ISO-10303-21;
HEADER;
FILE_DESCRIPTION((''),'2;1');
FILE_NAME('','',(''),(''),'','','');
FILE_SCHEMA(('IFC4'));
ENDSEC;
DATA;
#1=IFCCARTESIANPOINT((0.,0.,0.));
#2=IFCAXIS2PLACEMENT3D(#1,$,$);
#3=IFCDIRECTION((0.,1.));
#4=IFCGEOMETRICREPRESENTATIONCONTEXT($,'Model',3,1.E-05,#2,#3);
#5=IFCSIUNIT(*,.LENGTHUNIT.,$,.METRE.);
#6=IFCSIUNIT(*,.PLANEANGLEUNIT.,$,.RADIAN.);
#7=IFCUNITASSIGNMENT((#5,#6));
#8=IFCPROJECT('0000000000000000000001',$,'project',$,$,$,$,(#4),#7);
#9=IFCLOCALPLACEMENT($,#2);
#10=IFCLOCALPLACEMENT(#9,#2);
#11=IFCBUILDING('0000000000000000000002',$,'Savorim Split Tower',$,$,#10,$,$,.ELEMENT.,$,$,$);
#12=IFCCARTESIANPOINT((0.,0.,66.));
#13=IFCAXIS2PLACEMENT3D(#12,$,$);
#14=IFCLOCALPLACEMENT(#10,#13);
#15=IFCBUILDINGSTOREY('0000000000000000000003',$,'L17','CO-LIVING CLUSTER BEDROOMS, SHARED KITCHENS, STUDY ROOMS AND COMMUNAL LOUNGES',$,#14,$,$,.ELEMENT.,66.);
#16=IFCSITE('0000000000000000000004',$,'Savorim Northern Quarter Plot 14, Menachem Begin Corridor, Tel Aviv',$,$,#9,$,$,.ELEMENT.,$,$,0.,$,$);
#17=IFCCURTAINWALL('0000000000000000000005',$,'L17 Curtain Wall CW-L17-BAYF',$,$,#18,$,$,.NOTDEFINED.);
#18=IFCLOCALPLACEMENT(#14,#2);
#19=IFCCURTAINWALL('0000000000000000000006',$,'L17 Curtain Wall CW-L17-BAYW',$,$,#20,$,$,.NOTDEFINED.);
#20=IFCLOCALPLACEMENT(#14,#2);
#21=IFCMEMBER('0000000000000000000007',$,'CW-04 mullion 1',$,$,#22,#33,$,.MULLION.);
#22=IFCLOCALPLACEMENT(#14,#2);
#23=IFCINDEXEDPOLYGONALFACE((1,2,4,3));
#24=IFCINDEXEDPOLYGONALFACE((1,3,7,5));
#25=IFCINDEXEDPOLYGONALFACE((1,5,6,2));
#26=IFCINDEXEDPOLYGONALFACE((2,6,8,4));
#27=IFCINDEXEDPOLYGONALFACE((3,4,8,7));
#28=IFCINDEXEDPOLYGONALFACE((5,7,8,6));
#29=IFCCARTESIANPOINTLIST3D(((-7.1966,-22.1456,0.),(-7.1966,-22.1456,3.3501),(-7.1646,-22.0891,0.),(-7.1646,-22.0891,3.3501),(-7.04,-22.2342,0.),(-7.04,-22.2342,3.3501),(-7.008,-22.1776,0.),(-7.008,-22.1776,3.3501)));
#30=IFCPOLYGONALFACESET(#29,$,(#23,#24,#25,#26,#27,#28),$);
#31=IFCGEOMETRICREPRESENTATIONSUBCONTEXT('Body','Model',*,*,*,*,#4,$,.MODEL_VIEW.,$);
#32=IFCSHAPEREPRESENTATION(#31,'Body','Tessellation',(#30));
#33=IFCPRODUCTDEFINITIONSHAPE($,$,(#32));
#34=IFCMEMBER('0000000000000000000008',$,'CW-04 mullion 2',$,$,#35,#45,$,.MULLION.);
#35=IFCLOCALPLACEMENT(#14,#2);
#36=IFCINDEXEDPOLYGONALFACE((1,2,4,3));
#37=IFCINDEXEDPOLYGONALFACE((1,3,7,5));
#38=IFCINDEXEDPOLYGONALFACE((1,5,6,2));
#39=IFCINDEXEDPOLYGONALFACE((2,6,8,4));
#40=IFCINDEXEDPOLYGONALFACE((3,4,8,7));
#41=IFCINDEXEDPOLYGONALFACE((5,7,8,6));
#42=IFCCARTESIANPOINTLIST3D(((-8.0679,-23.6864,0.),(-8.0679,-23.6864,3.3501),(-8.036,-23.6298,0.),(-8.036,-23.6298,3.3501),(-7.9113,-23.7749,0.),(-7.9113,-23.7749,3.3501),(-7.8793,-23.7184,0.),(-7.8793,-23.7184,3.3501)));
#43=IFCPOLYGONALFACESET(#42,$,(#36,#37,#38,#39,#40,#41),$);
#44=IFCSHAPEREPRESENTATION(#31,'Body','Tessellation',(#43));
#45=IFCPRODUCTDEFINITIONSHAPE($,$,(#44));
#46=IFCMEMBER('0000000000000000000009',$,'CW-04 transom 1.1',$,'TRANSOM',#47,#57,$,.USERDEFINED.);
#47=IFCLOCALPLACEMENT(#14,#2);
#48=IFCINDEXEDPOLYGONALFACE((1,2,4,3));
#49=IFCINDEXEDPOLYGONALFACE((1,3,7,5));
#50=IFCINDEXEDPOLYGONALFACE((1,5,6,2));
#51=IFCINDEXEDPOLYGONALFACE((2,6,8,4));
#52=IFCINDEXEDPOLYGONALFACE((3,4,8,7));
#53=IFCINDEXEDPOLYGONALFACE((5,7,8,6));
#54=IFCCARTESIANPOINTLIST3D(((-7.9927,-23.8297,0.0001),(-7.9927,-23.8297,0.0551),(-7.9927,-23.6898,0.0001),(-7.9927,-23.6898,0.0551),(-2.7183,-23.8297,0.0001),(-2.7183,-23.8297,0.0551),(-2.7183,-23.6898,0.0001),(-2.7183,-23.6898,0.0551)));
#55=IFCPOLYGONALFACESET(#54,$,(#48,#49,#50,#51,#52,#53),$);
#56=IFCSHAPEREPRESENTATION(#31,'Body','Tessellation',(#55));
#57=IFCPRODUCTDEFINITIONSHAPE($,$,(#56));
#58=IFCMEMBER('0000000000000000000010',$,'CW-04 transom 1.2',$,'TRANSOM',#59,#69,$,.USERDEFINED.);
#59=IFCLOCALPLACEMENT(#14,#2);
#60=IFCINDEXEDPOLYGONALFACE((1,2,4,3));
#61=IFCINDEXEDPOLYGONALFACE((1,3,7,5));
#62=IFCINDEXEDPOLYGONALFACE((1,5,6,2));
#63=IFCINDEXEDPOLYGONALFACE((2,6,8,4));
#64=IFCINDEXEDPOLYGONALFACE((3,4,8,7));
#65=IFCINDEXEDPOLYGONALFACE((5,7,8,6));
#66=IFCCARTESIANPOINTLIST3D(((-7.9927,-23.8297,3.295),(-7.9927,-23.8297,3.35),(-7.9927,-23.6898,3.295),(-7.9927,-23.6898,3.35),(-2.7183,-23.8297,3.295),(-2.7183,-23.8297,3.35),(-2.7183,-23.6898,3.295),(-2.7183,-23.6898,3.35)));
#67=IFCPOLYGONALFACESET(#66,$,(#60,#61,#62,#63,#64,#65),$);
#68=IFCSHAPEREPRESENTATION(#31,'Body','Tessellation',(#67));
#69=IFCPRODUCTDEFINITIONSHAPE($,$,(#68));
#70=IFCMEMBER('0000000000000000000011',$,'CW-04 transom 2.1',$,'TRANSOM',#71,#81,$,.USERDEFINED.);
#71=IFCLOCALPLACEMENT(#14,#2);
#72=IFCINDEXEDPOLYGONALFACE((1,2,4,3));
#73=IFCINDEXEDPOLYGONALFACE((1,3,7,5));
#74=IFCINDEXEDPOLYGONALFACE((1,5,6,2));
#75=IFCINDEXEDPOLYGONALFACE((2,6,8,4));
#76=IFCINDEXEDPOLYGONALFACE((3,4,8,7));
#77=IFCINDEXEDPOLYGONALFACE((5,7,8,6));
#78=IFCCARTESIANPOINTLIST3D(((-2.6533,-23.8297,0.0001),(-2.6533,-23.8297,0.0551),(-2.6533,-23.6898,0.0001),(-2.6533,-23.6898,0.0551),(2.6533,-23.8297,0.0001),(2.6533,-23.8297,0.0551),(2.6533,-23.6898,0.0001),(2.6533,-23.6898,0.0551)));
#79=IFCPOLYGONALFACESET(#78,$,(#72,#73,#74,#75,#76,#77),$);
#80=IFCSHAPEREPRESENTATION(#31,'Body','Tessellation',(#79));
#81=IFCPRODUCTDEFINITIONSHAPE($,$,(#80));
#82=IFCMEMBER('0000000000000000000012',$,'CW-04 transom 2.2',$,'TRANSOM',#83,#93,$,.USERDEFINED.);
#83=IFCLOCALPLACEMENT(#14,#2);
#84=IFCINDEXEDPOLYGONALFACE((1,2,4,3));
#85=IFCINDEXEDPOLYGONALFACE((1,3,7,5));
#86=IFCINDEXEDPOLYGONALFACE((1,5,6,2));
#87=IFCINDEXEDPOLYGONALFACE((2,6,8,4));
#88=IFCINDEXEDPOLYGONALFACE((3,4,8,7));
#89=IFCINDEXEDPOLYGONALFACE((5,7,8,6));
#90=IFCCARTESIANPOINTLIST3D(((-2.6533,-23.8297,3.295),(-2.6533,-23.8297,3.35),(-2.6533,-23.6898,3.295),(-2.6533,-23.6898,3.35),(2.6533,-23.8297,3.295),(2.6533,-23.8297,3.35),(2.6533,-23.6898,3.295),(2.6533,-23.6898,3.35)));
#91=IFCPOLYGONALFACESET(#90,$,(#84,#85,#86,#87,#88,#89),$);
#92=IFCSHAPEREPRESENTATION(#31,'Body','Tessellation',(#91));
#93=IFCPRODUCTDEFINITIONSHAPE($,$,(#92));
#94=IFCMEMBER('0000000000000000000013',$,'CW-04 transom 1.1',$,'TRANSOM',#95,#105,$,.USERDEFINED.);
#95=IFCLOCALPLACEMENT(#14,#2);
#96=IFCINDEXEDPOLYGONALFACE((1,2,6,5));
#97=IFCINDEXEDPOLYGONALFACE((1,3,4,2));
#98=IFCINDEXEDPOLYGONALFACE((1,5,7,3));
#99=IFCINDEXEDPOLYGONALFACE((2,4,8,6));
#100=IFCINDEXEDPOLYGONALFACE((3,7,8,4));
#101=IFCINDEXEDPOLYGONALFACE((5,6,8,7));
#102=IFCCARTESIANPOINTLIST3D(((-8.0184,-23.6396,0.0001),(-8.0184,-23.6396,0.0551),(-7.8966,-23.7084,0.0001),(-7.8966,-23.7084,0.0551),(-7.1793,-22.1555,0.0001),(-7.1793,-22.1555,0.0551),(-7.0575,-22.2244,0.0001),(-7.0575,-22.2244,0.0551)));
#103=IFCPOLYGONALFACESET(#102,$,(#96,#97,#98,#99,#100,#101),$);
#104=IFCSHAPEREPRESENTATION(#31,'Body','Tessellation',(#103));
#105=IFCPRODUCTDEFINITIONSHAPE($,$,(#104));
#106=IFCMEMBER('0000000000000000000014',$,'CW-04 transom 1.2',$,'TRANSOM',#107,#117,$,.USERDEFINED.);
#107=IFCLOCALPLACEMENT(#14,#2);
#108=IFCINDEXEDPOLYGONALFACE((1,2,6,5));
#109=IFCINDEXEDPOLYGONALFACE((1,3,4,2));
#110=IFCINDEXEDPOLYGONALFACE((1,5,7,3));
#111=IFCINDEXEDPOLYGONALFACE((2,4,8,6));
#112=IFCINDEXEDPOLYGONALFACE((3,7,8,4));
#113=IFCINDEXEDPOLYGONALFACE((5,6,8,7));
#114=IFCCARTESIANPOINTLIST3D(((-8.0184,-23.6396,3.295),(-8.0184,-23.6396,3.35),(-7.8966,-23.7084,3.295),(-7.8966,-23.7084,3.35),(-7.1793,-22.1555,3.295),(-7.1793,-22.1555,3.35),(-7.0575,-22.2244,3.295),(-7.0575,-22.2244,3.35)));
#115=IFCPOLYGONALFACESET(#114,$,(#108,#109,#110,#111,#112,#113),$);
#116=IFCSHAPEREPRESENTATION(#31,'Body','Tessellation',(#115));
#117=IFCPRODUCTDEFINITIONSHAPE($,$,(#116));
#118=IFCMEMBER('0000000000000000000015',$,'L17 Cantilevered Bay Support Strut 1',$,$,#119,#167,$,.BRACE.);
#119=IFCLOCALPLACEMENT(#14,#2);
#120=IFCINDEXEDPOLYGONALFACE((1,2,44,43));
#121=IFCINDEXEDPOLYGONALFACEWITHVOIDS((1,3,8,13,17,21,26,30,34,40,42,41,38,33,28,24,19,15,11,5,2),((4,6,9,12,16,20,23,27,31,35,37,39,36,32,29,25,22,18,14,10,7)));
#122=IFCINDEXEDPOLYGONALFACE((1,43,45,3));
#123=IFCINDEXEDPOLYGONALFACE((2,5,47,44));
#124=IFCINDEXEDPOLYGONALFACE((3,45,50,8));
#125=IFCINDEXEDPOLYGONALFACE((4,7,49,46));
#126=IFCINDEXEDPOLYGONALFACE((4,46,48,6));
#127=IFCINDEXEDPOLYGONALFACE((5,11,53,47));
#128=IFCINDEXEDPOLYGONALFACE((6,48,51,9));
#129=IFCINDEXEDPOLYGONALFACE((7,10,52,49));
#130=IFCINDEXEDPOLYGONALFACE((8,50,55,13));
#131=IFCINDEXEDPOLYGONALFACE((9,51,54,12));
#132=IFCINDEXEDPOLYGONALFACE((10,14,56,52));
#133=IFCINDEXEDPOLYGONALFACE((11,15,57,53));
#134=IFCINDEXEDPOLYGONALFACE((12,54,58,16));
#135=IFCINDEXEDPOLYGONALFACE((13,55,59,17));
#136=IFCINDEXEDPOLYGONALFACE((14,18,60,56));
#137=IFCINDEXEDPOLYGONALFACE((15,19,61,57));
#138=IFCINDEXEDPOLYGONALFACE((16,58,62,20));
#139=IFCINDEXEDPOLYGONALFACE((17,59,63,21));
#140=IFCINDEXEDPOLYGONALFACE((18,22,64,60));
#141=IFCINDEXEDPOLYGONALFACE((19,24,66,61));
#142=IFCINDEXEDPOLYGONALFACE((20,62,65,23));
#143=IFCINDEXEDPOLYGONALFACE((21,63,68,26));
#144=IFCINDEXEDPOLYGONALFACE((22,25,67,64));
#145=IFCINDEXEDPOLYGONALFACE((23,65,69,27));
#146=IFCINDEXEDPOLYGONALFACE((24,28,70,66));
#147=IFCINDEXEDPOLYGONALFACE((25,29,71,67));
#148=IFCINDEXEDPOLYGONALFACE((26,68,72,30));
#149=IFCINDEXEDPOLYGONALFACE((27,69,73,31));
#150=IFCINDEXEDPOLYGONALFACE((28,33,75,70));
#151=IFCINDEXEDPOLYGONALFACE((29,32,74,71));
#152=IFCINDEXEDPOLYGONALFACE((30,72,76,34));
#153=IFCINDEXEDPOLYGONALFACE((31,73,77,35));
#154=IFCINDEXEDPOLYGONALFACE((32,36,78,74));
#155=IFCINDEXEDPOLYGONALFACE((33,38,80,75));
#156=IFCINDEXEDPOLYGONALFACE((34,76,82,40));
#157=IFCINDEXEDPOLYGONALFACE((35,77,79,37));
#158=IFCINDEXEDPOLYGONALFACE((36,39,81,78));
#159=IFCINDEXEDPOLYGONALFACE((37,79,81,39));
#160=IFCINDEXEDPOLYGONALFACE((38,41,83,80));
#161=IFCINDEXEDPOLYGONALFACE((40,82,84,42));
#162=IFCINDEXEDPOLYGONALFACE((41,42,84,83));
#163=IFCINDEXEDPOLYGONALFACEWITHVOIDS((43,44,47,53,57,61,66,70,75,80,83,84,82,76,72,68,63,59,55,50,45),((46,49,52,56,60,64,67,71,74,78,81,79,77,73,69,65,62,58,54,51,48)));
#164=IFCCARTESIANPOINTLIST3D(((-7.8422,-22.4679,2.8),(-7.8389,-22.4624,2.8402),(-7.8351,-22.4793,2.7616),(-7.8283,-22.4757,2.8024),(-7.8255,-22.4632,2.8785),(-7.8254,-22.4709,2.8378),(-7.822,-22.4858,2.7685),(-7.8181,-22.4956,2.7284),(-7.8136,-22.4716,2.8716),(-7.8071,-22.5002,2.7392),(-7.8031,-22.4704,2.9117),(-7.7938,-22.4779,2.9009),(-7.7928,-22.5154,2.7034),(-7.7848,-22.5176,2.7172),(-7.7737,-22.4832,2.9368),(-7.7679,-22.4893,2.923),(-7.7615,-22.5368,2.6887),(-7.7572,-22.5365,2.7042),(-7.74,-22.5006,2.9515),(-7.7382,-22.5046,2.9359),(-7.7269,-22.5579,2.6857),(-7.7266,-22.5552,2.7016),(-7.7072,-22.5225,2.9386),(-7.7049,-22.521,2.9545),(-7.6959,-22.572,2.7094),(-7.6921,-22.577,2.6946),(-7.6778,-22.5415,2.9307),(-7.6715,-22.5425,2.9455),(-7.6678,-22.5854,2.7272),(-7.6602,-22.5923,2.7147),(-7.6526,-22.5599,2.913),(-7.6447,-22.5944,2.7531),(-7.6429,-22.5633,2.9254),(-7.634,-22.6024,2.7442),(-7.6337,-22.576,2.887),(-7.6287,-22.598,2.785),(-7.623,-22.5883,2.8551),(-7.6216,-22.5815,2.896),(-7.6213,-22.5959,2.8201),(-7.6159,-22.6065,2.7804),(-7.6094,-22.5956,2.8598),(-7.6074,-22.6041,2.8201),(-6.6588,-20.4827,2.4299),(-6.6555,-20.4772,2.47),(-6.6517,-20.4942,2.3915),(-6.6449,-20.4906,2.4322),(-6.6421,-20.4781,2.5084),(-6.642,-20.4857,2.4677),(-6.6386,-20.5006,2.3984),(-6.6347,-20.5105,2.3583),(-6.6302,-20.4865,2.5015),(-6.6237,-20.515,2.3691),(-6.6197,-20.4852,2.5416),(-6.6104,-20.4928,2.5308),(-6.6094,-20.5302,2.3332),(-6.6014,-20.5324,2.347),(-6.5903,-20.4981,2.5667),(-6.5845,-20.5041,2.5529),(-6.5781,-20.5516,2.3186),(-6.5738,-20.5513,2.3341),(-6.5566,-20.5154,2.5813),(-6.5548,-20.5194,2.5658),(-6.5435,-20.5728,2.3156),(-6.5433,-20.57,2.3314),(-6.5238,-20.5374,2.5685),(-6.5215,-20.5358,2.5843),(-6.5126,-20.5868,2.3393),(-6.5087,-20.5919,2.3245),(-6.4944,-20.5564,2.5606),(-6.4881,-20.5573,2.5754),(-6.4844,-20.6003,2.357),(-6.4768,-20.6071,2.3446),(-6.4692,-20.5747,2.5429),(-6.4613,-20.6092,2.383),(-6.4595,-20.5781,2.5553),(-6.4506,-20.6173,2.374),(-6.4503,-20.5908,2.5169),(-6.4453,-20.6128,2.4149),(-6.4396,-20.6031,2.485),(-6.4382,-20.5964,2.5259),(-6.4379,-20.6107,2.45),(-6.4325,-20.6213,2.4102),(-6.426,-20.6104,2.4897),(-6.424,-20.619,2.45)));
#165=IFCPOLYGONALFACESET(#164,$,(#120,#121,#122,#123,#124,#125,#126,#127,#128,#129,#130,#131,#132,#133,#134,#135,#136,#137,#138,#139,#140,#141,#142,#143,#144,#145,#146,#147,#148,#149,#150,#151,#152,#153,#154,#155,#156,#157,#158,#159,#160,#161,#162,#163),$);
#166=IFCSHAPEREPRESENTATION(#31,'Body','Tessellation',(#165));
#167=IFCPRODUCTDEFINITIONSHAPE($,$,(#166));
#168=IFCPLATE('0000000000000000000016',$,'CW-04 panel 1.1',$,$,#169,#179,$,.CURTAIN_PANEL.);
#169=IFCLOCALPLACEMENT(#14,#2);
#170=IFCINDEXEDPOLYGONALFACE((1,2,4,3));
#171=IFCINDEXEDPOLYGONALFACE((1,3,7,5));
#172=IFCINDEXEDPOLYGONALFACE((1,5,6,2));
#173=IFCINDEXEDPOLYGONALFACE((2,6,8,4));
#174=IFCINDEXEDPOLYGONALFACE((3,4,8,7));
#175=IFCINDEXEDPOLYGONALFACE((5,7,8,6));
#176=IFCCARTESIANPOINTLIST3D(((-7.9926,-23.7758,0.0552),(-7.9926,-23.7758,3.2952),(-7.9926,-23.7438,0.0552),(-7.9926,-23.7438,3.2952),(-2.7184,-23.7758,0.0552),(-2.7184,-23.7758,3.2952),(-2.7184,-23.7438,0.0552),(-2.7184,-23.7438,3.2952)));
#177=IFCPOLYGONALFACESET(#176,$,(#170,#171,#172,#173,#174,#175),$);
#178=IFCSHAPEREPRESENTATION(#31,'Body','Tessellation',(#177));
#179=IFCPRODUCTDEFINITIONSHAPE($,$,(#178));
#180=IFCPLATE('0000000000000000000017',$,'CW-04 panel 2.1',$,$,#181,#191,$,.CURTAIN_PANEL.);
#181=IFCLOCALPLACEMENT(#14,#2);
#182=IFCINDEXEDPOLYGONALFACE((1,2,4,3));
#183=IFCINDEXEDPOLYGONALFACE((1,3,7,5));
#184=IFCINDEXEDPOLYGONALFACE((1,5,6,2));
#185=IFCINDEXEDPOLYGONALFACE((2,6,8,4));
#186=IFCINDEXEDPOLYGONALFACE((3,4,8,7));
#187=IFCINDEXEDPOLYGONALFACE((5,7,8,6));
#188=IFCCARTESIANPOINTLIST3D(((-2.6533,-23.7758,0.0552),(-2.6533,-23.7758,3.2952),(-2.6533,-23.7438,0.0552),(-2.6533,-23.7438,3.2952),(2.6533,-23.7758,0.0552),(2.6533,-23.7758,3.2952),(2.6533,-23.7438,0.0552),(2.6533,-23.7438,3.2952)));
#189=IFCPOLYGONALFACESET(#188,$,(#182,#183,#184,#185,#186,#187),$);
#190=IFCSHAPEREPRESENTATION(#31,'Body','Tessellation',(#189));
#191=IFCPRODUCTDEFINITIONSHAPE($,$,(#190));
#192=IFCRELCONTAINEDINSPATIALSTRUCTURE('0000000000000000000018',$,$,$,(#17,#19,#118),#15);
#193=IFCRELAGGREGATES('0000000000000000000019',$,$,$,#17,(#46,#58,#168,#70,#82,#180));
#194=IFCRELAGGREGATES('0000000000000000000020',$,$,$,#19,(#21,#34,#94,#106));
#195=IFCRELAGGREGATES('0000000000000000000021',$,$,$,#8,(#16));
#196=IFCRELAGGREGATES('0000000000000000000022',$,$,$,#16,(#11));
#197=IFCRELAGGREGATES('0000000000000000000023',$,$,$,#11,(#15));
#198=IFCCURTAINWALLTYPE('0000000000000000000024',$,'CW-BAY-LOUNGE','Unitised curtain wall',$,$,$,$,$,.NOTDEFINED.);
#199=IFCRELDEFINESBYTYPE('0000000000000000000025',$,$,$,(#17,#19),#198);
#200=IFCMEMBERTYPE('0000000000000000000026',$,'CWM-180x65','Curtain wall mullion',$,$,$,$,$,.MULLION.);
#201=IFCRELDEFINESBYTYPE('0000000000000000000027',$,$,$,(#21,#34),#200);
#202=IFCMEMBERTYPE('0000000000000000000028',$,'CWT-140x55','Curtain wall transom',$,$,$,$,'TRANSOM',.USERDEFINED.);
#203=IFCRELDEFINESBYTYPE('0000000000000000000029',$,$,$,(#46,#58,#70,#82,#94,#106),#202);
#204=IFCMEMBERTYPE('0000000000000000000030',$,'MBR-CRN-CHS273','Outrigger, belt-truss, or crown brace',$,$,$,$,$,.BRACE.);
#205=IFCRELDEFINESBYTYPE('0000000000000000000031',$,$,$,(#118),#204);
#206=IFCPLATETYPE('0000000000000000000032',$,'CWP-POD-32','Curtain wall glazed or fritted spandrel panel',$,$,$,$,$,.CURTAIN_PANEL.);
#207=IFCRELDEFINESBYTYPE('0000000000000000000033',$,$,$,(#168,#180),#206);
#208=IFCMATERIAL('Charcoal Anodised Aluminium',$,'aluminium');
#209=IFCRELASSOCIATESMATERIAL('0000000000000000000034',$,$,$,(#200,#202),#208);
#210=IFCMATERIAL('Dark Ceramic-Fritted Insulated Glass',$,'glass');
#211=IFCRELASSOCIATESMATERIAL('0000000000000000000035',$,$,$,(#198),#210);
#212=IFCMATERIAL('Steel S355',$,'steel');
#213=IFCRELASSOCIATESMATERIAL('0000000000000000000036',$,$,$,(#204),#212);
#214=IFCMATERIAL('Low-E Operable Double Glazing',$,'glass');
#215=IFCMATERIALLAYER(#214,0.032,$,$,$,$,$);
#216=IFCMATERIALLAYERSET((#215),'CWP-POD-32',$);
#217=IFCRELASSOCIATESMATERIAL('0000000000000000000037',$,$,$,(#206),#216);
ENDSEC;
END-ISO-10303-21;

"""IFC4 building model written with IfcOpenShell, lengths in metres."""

from ifc_helpers import new_model, si_unit, direction, frame, origin, origin_2d, place, context, subcontext, project, spatial, rectangle, hollow_circle, extrude, material, layer, layer_set, material_profile, profile_set, type_object, element, aggregate, save


model = new_model("IFC4")

# Units and contexts
model_context = context("Model", 3, precision=1e-05, world=origin(), true_north=direction((0.0, 1.0)))
body_context = subcontext(model_context, "Body", "Model", "MODEL_VIEW")
ifc_project = project(units=[si_unit("LENGTHUNIT", "METRE"), si_unit("PLANEANGLEUNIT", "RADIAN")], contexts=[model_context])

# Site, building, storey
site_placement = place(None, origin())
site = spatial("IfcSite", under=ifc_project, at=site_placement, Name="Savorim Northern Quarter Plot 14, Menachem Begin Corridor, Tel Aviv", CompositionType="ELEMENT", RefElevation=0.0)
building_placement = place(site_placement, origin())
building = spatial("IfcBuilding", under=site, at=building_placement, Name="Savorim Split Tower", CompositionType="ELEMENT")
storey_placement = place(building_placement, frame((0.0, 0.0, 66.0)))
storey = spatial("IfcBuildingStorey", under=building, at=storey_placement, Name="L17", Description="CO-LIVING CLUSTER BEDROOMS, SHARED KITCHENS, STUDY ROOMS AND COMMUNAL LOUNGES", CompositionType="ELEMENT", Elevation=66.0)

# Shared definitions
ifc_material_1 = material(Name="Steel S355", Category="steel")

# Shared definitions
ifc_material_2 = material(Name="Dark Ceramic-Fritted Insulated Glass", Category="glass")
ifc_material_3 = material(Name="Charcoal Anodised Aluminium", Category="aluminium")
ifc_material_profile_1 = material_profile(ifc_material_3, rectangle(XDim=0.1799, YDim=0.0649, at=origin_2d()), Name="ALU-M 180x65")
ifc_profile_set_1 = profile_set([ifc_material_profile_1], Name="Charcoal Anodised Aluminium")
member_type_1 = type_object("IfcMemberType", Name="CWM-180x65", Description="Curtain wall mullion", PredefinedType="MULLION", material=ifc_profile_set_1)

# Curtain walls, members
curtain_wall_type_1 = type_object("IfcCurtainWallType", Name="CW-BAY-LOUNGE", Description="Unitised curtain wall", PredefinedType="NOTDEFINED", material=ifc_material_2)
curtain_wall_1_placement = place(storey_placement, origin())
curtain_wall_1 = element("IfcCurtainWall", 1, at=curtain_wall_1_placement, inside=storey, type_object=curtain_wall_type_1, Name="L17 Curtain Wall CW-L17-BAYF", PredefinedType="NOTDEFINED")
curtain_wall_2_placement = place(storey_placement, origin())
curtain_wall_2 = element("IfcCurtainWall", 2, at=curtain_wall_2_placement, inside=storey, type_object=curtain_wall_type_1, Name="L17 Curtain Wall CW-L17-BAYW", PredefinedType="NOTDEFINED")
member_1_placement = place(storey_placement, frame((-7.1023, -22.1616, 0.0), z_axis=(0.0, 0.0, 1.0), x_axis=(0.870451, -0.492255, 0.0)))
member_1 = element("IfcMember", 3, at=member_1_placement, type_object=member_type_1, Name="CW-04 mullion 1", PredefinedType="MULLION", context=body_context, shape_type="SweptSolid", body=[
    extrude(rectangle(XDim=0.1799, YDim=0.0649, at=origin_2d()), origin(), (0.0, 0.0, 1.0), 3.3501),
])
member_2_placement = place(storey_placement, frame((-7.9736, -23.7024, 0.0), z_axis=(0.0, 0.0, 1.0), x_axis=(0.870451, -0.492255, 0.0)))
member_2 = element("IfcMember", 4, at=member_2_placement, type_object=member_type_1, Name="CW-04 mullion 2", PredefinedType="MULLION", context=body_context, shape_type="SweptSolid", body=[
    extrude(rectangle(XDim=0.1799, YDim=0.0649, at=origin_2d()), origin(), (0.0, 0.0, 1.0), 3.3501),
])

# Members
ifc_material_profile_2 = material_profile(ifc_material_3, rectangle(XDim=0.1399, YDim=0.0549, at=origin_2d()), Name="ALU-T 140x55")
ifc_profile_set_2 = profile_set([ifc_material_profile_2], Name="Charcoal Anodised Aluminium")
member_type_2 = type_object("IfcMemberType", Name="CWT-140x55", Description="Curtain wall transom", ElementType="TRANSOM", PredefinedType="USERDEFINED", material=ifc_profile_set_2)
member_3_placement = place(storey_placement, frame((-7.9927, -23.7598, 0.0276), z_axis=(1.0, 0.0, 0.0), x_axis=(0.0, 1.0, 0.0)))
member_3 = element("IfcMember", 5, at=member_3_placement, type_object=member_type_2, Name="CW-04 transom 1.1", ObjectType="TRANSOM", PredefinedType="USERDEFINED", context=body_context, shape_type="SweptSolid", body=[
    extrude(rectangle(XDim=0.1399, YDim=0.0549, at=origin_2d()), origin(), (0.0, 0.0, 1.0), 5.2744),
])
member_4_placement = place(storey_placement, frame((-7.9927, -23.7598, 3.3225), z_axis=(1.0, 0.0, 0.0), x_axis=(0.0, 1.0, 0.0)))
member_4 = element("IfcMember", 6, at=member_4_placement, type_object=member_type_2, Name="CW-04 transom 1.2", ObjectType="TRANSOM", PredefinedType="USERDEFINED", context=body_context, shape_type="SweptSolid", body=[
    extrude(rectangle(XDim=0.1399, YDim=0.0549, at=origin_2d()), origin(), (0.0, 0.0, 1.0), 5.2744),
])
member_5_placement = place(storey_placement, frame((-2.6533, -23.7598, 0.0276), z_axis=(1.0, 0.0, 0.0), x_axis=(0.0, 1.0, 0.0)))
member_5 = element("IfcMember", 7, at=member_5_placement, type_object=member_type_2, Name="CW-04 transom 2.1", ObjectType="TRANSOM", PredefinedType="USERDEFINED", context=body_context, shape_type="SweptSolid", body=[
    extrude(rectangle(XDim=0.1399, YDim=0.0549, at=origin_2d()), origin(), (0.0, 0.0, 1.0), 5.3066),
])
member_6_placement = place(storey_placement, frame((-2.6533, -23.7598, 3.3225), z_axis=(1.0, 0.0, 0.0), x_axis=(0.0, 1.0, 0.0)))
member_6 = element("IfcMember", 8, at=member_6_placement, type_object=member_type_2, Name="CW-04 transom 2.2", ObjectType="TRANSOM", PredefinedType="USERDEFINED", context=body_context, shape_type="SweptSolid", body=[
    extrude(rectangle(XDim=0.1399, YDim=0.0549, at=origin_2d()), origin(), (0.0, 0.0, 1.0), 5.3066),
])
member_7_placement = place(storey_placement, frame((-7.1184, -22.1899, 0.0276), z_axis=(-0.49217, -0.870499, 0.0), x_axis=(0.870499, -0.49217, 0.0)))
member_7 = element("IfcMember", 9, at=member_7_placement, type_object=member_type_2, Name="CW-04 transom 1.1", ObjectType="TRANSOM", PredefinedType="USERDEFINED", context=body_context, shape_type="SweptSolid", body=[
    extrude(rectangle(XDim=0.1399, YDim=0.0549, at=origin_2d()), origin(), (0.0, 0.0, 1.0), 1.7048),
])
member_8_placement = place(storey_placement, frame((-7.1184, -22.1899, 3.3225), z_axis=(-0.49217, -0.870499, 0.0), x_axis=(0.870499, -0.49217, 0.0)))
member_8 = element("IfcMember", 10, at=member_8_placement, type_object=member_type_2, Name="CW-04 transom 1.2", ObjectType="TRANSOM", PredefinedType="USERDEFINED", context=body_context, shape_type="SweptSolid", body=[
    extrude(rectangle(XDim=0.1399, YDim=0.0549, at=origin_2d()), origin(), (0.0, 0.0, 1.0), 1.7048),
])
ifc_material_profile_3 = material_profile(ifc_material_1, hollow_circle(Radius=0.1365, WallThickness=0.0161, at=origin_2d()), Name="CHS 273x16")
ifc_profile_set_3 = profile_set([ifc_material_profile_3], Name="Steel S355")
member_type_3 = type_object("IfcMemberType", Name="MBR-CRN-CHS273", Description="Outrigger, belt-truss, or crown brace", PredefinedType="BRACE", material=ifc_profile_set_3)
member_9_placement = place(storey_placement, frame((-6.5413, -20.5491, 2.45), z_axis=(-0.505596, -0.848154, 0.158136), x_axis=(0.858962, -0.512039, 0.0)))
element("IfcMember", 11, at=member_9_placement, inside=storey, type_object=member_type_3, Name="L17 Cantilevered Bay Support Strut 1", PredefinedType="BRACE", context=body_context, shape_type="SweptSolid", body=[
    extrude(hollow_circle(Radius=0.1365, WallThickness=0.0161, at=origin_2d()), origin(), (0.0, 0.0, 1.0), 2.3406),
])

# Plates
ifc_material_4 = material(Name="Low-E Operable Double Glazing", Category="glass")
ifc_layer_1 = layer(ifc_material_4, 0.032)
ifc_layer_set_1 = layer_set([ifc_layer_1], Name="CWP-POD-32")
plate_type_1 = type_object("IfcPlateType", Name="CWP-POD-32", Description="Curtain wall glazed or fritted spandrel panel", PredefinedType="CURTAIN_PANEL", material=ifc_layer_set_1)
plate_1_placement = place(storey_placement, frame((-5.3555, -23.7598, 0.0552), z_axis=(0.0, 0.0, 1.0), x_axis=(1.0, 0.0, 0.0)))
plate_1 = element("IfcPlate", 12, at=plate_1_placement, type_object=plate_type_1, Name="CW-04 panel 1.1", PredefinedType="CURTAIN_PANEL", context=body_context, shape_type="SweptSolid", body=[
    extrude(rectangle(XDim=5.2742, YDim=0.032, at=origin_2d()), origin(), (0.0, 0.0, 1.0), 3.24),
])
plate_2_placement = place(storey_placement, frame((0.0, -23.7598, 0.0552), z_axis=(0.0, 0.0, 1.0), x_axis=(1.0, 0.0, 0.0)))
plate_2 = element("IfcPlate", 13, at=plate_2_placement, type_object=plate_type_1, Name="CW-04 panel 2.1", PredefinedType="CURTAIN_PANEL", context=body_context, shape_type="SweptSolid", body=[
    extrude(rectangle(XDim=5.3066, YDim=0.032, at=origin_2d()), origin(), (0.0, 0.0, 1.0), 3.24),
])
aggregate(curtain_wall_1, [member_3, member_4, plate_1, member_5, member_6, plate_2])
aggregate(curtain_wall_2, [member_1, member_2, member_7, member_8])

save(model, "model.ifc")
